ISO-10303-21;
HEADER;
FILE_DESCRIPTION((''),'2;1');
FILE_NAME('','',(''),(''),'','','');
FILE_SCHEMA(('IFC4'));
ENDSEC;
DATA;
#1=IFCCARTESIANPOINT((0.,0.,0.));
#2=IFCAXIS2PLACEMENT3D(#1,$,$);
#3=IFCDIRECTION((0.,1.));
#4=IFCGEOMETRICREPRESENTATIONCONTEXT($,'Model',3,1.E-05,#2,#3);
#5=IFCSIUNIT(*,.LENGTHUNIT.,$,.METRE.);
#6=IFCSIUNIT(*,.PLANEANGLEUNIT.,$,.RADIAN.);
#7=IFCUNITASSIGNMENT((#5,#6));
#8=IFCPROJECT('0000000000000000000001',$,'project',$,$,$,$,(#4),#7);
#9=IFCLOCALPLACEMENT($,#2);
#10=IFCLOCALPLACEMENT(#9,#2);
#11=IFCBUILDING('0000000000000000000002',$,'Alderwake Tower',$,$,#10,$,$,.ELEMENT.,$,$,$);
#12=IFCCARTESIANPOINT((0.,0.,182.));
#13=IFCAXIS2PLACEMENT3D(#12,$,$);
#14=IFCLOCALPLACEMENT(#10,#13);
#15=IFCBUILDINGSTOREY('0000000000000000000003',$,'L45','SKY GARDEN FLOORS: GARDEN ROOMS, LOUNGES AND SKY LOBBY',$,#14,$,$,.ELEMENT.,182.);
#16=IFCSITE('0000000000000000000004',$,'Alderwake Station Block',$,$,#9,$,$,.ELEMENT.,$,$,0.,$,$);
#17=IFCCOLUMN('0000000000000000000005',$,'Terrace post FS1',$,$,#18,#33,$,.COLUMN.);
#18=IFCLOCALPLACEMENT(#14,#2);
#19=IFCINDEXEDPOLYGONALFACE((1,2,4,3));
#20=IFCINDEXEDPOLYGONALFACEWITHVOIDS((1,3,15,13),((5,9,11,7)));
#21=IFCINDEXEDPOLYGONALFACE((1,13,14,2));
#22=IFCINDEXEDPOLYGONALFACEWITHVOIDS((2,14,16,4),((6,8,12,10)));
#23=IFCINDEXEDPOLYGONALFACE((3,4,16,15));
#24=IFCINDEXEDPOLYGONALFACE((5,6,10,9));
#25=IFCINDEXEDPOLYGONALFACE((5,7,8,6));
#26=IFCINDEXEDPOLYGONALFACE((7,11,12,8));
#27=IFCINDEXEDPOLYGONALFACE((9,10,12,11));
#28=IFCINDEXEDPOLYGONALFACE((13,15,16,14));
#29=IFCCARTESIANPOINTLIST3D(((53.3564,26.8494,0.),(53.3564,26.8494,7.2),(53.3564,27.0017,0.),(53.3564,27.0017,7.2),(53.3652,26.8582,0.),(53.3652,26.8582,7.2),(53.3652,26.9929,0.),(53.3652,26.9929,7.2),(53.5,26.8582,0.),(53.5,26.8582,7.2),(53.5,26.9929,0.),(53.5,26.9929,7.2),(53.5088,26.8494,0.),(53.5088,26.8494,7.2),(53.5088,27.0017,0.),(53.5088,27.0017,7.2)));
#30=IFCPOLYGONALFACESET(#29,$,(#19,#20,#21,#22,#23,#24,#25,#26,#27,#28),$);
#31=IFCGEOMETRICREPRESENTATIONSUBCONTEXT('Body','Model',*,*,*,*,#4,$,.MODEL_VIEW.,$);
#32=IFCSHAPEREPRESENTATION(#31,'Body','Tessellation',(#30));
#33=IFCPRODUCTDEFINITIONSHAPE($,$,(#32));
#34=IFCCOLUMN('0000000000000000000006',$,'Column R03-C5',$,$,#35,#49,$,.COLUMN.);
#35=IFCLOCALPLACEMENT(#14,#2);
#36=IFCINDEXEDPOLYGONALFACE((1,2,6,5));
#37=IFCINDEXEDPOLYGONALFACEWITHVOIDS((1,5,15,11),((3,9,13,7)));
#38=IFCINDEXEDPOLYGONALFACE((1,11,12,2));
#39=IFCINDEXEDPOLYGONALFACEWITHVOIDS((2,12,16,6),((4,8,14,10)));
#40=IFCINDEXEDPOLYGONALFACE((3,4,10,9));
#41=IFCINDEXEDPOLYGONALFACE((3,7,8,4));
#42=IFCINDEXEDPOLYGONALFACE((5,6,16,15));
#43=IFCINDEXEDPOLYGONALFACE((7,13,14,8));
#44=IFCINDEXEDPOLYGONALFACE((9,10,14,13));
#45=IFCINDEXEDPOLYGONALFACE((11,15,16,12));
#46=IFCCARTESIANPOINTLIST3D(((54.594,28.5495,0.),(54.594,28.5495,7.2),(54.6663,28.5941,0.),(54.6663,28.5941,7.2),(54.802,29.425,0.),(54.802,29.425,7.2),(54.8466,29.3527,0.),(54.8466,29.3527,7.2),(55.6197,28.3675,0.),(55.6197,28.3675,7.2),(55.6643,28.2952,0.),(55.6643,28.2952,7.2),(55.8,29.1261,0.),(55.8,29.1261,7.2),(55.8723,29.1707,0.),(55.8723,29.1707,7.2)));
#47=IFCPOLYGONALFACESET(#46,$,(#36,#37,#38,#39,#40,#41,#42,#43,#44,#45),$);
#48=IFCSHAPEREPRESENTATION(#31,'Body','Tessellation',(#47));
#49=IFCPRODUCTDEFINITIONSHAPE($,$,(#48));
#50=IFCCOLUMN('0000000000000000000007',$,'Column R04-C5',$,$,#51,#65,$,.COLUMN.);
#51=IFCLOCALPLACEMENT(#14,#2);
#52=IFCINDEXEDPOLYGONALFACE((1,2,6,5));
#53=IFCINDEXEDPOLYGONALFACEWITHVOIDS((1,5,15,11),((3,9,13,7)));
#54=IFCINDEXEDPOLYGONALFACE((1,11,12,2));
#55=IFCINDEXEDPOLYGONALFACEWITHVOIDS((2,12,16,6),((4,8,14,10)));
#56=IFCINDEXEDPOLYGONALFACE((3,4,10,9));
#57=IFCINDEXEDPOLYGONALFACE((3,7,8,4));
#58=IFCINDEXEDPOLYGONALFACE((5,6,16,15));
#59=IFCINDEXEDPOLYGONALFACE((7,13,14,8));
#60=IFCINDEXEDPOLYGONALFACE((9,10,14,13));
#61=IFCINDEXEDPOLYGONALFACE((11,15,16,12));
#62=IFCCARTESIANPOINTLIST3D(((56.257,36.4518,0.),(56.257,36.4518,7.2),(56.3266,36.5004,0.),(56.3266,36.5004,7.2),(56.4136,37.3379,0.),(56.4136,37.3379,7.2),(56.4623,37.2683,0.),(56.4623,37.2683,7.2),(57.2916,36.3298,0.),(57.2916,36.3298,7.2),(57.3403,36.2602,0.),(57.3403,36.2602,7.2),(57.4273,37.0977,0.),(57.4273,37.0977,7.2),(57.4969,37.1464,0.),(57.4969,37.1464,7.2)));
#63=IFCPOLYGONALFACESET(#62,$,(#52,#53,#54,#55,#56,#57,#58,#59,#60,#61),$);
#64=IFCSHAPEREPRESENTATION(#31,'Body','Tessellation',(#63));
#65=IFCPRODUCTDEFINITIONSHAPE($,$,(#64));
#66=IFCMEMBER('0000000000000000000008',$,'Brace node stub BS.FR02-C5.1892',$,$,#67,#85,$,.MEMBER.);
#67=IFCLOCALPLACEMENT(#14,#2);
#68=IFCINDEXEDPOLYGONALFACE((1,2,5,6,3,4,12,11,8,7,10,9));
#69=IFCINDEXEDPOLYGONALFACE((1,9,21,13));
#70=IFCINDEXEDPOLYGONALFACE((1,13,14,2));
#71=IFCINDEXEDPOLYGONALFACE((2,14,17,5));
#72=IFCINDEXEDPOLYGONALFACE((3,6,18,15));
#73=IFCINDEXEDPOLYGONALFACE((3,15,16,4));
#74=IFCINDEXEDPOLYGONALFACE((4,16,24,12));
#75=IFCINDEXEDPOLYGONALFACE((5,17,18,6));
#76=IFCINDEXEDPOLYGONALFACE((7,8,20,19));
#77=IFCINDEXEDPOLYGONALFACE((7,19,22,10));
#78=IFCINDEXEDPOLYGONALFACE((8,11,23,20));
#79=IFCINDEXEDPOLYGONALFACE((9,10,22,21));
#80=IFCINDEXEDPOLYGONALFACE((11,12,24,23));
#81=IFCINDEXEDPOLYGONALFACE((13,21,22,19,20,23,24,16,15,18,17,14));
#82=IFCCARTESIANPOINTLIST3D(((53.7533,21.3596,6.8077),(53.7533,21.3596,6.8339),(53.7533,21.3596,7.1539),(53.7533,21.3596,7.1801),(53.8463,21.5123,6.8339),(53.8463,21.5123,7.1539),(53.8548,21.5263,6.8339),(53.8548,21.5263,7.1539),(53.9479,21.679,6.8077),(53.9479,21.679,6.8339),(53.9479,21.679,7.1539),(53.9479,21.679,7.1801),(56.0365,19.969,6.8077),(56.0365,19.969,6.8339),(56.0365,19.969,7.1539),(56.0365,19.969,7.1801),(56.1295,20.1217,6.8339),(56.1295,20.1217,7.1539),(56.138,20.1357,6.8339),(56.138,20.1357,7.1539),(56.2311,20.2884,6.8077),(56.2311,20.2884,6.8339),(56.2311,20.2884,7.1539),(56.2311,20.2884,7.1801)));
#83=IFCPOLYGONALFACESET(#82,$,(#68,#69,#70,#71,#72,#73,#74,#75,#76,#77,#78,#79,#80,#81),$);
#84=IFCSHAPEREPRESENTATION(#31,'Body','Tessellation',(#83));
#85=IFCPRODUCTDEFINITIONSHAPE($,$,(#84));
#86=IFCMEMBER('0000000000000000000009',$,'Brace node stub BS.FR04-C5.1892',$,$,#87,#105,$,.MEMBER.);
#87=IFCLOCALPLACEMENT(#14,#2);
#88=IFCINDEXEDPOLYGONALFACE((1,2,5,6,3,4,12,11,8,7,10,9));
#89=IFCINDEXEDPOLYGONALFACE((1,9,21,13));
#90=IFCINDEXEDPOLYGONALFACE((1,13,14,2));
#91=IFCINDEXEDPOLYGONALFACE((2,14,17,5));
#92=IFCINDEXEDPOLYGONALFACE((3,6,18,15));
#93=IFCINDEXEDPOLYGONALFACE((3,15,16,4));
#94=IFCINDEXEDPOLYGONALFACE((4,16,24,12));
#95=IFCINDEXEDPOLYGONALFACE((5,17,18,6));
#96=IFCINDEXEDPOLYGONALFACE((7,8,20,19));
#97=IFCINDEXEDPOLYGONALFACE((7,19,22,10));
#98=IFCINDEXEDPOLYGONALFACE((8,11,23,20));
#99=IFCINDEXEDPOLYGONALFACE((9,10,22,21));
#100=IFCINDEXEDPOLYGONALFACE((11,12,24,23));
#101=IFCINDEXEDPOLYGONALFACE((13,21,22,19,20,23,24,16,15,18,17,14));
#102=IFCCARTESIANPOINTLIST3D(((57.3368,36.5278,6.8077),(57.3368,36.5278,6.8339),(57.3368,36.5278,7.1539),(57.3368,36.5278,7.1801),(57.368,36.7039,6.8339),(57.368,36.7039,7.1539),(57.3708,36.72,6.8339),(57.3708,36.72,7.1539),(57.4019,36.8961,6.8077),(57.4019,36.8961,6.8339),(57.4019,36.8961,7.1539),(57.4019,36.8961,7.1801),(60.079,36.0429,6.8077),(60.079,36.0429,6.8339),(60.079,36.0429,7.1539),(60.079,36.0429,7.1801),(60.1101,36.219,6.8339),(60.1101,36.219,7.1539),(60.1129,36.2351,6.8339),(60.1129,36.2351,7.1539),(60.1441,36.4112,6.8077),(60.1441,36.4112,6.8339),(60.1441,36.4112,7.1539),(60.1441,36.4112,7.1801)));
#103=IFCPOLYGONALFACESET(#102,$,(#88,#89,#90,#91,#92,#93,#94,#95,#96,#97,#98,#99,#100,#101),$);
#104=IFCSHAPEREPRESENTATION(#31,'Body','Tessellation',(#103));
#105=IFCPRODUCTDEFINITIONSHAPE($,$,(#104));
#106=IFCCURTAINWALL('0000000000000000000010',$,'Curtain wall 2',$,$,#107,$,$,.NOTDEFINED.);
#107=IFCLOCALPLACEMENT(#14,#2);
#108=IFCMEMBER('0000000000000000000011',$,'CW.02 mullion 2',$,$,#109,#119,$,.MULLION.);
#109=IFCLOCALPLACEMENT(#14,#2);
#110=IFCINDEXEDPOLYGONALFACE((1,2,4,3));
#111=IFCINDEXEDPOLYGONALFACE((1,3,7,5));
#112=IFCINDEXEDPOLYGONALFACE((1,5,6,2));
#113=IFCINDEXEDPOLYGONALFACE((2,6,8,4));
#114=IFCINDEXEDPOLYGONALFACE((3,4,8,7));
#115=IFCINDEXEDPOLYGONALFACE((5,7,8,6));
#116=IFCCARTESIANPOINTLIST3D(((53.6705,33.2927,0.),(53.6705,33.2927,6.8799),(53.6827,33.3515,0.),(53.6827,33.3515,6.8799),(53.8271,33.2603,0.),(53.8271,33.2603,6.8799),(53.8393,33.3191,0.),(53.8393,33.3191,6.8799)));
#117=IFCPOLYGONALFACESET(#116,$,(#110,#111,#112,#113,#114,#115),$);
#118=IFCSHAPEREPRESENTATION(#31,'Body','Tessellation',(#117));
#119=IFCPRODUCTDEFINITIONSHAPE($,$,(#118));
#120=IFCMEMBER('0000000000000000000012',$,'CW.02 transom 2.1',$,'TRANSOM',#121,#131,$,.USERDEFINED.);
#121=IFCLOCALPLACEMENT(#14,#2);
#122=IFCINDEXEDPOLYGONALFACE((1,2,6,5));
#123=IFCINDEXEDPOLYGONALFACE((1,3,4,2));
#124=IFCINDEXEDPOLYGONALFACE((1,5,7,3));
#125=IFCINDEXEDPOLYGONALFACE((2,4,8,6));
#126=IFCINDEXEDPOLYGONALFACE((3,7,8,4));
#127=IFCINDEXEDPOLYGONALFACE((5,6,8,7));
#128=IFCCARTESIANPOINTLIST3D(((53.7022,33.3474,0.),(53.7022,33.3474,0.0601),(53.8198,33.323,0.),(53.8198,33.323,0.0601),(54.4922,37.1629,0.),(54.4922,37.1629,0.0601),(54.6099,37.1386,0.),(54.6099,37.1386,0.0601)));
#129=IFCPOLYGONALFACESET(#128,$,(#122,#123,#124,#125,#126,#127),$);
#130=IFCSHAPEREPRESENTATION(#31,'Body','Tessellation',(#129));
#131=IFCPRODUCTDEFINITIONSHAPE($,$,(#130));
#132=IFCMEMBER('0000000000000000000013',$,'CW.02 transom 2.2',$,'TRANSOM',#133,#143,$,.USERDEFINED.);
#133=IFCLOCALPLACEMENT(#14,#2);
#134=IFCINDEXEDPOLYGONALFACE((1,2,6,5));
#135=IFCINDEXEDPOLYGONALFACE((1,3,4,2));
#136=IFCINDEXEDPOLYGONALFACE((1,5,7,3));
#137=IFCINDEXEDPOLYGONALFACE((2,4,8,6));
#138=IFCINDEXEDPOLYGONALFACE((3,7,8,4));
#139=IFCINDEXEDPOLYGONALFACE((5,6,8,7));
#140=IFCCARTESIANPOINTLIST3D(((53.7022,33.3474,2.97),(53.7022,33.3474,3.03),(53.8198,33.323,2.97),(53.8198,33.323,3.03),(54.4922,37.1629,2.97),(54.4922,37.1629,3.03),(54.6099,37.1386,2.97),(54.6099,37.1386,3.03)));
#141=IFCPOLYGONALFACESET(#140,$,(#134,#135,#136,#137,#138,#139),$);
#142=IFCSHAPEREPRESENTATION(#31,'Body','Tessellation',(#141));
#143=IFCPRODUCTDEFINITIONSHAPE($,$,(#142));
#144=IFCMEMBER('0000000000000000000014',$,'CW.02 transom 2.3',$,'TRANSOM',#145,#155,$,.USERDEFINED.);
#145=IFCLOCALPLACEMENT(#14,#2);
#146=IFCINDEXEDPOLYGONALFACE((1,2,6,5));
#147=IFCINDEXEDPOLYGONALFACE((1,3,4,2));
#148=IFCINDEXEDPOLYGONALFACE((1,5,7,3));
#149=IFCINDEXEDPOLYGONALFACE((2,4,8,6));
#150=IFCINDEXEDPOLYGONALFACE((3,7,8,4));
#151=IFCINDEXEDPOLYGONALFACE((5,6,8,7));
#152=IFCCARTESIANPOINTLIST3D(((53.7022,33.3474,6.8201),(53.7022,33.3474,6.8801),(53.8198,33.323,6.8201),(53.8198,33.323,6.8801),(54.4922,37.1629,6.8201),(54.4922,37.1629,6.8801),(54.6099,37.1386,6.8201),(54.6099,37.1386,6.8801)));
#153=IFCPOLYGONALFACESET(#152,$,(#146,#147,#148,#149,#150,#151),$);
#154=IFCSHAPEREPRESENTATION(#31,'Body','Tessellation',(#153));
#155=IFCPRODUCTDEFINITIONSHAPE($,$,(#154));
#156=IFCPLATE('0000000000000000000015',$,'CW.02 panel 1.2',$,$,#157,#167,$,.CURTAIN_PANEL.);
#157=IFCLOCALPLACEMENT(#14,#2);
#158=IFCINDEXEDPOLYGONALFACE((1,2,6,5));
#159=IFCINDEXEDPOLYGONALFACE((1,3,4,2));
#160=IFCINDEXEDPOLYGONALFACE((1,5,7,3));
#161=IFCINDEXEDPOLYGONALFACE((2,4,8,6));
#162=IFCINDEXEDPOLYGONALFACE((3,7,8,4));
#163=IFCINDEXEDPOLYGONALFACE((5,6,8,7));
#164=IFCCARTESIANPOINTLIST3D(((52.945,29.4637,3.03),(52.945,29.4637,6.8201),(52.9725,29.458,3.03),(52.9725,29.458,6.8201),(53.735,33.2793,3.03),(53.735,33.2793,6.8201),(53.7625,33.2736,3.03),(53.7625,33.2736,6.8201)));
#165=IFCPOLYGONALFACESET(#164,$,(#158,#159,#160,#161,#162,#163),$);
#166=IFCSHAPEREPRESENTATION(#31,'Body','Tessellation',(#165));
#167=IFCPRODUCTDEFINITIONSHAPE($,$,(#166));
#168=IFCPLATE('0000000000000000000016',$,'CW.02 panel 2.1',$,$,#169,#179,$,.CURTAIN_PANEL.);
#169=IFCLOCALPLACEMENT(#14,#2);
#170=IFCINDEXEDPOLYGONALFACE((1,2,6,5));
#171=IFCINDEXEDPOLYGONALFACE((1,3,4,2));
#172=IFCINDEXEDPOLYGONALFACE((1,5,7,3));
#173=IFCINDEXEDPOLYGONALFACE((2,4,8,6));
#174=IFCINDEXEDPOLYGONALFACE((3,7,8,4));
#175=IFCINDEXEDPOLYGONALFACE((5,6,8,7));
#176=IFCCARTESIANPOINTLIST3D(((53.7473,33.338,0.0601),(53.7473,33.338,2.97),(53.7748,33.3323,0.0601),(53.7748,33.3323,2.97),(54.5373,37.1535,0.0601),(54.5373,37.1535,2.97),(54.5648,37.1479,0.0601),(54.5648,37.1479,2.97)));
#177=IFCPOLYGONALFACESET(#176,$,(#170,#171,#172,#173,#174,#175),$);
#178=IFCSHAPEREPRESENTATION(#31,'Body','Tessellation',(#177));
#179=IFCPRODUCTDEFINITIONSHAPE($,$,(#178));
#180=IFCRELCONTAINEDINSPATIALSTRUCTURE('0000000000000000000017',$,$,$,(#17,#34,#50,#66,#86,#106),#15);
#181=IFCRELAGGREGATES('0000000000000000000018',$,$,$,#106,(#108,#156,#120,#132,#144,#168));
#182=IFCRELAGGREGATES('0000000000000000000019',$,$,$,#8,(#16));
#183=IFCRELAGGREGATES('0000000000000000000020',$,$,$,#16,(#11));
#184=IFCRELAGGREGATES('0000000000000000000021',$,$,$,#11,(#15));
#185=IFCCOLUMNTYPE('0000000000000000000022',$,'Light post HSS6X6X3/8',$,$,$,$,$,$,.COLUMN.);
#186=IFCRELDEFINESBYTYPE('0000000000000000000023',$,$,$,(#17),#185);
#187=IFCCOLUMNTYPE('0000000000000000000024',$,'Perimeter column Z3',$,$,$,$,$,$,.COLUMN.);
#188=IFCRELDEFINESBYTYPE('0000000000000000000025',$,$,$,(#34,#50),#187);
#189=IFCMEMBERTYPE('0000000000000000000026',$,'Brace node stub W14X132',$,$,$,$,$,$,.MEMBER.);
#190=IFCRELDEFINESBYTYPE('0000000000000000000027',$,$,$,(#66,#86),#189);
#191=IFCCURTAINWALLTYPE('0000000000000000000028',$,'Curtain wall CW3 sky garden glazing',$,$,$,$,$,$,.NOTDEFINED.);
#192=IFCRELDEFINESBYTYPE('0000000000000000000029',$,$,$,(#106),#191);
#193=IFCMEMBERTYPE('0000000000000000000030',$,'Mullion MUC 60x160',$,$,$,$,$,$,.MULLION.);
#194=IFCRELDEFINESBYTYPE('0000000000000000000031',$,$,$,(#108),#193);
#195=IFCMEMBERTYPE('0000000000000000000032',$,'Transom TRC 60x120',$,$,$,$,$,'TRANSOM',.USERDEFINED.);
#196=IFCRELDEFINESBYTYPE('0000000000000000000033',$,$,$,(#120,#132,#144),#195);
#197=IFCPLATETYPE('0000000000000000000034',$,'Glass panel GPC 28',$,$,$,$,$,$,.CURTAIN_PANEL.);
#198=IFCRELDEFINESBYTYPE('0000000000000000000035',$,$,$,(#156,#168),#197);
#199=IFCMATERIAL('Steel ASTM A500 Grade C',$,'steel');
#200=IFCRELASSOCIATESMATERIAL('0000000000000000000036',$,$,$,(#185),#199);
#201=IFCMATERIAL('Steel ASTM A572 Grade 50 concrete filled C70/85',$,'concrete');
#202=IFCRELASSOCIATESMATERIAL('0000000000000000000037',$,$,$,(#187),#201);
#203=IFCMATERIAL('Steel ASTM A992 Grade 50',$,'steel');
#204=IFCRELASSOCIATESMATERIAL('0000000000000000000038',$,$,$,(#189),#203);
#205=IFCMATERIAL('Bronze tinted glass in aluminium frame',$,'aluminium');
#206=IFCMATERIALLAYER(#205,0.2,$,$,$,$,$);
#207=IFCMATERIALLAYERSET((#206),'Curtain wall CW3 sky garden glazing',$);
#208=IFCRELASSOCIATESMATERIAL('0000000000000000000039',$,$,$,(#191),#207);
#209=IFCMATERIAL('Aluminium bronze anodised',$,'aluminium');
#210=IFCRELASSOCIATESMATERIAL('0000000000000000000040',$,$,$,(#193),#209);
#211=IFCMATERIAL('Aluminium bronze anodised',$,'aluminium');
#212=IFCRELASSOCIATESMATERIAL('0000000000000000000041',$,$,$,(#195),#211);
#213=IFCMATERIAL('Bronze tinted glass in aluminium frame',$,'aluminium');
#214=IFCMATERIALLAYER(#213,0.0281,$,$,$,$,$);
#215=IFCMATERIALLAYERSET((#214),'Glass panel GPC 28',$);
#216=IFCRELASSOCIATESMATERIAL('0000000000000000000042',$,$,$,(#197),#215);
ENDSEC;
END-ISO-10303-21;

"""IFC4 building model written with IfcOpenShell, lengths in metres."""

from ifc_helpers import new_model, si_unit, direction, frame, origin, origin_2d, place, context, subcontext, project, spatial, rectangle, hollow_rectangle, i_section, extrude, material, layer, layer_set, material_profile, profile_set, type_object, element, aggregate, save


model = new_model("IFC4")

# Units and contexts
model_context = context("Model", 3, precision=1e-05, world=origin(), true_north=direction((0.0, 1.0)))
body_context = subcontext(model_context, "Body", "Model", "MODEL_VIEW")
ifc_project = project(units=[si_unit("LENGTHUNIT", "METRE"), si_unit("PLANEANGLEUNIT", "RADIAN")], contexts=[model_context])

# Site, building, storey
site_placement = place(None, origin())
site = spatial("IfcSite", under=ifc_project, at=site_placement, Name="Alderwake Station Block", CompositionType="ELEMENT", RefElevation=0.0)
building_placement = place(site_placement, origin())
building = spatial("IfcBuilding", under=site, at=building_placement, Name="Alderwake Tower", CompositionType="ELEMENT")
storey_placement = place(building_placement, frame((0.0, 0.0, 182.0)))
storey = spatial("IfcBuildingStorey", under=building, at=storey_placement, Name="L45", Description="SKY GARDEN FLOORS: GARDEN ROOMS, LOUNGES AND SKY LOBBY", CompositionType="ELEMENT", Elevation=182.0)

# Columns
ifc_material_1 = material(Name="Steel ASTM A500 Grade C", Category="steel")
ifc_material_profile_1 = material_profile(ifc_material_1, hollow_rectangle(XDim=0.1523, YDim=0.1523, WallThickness=0.0088, at=origin_2d()), Name="HSS6X6X3/8")
ifc_profile_set_1 = profile_set([ifc_material_profile_1], Name="Steel ASTM A500 Grade C")
column_type_1 = type_object("IfcColumnType", Name="Light post HSS6X6X3/8", PredefinedType="COLUMN", material=ifc_profile_set_1)
column_placement = place(storey_placement, frame((53.4326, 26.9255, 0.0), z_axis=(0.0, 0.0, 1.0), x_axis=(1.0, 0.0, 0.0)))
element("IfcColumn", 1, at=column_placement, inside=storey, type_object=column_type_1, Name="Terrace post FS1", PredefinedType="COLUMN", context=body_context, shape_type="SweptSolid", body=[
    extrude(hollow_rectangle(XDim=0.1523, YDim=0.1523, WallThickness=0.0088, at=origin_2d()), origin(), (0.0, 0.0, 1.0), 7.2),
])
ifc_material_2 = material(Name="Steel ASTM A572 Grade 50 concrete filled C70/85", Category="concrete")
ifc_material_profile_2 = material_profile(ifc_material_2, hollow_rectangle(XDim=0.8999, YDim=1.1001, WallThickness=0.0601, at=origin_2d()), Name="BOX 1100X900X60")
ifc_profile_set_2 = profile_set([ifc_material_profile_2], Name="Steel ASTM A572 Grade 50 concrete filled C70/85")
column_type_2 = type_object("IfcColumnType", Name="Perimeter column Z3", PredefinedType="COLUMN", material=ifc_profile_set_2)
for number, where, z_axis, x_axis, name in (
    (2, (55.2332, 28.8601, 0.0), (0.0, 0.0, 1.0), (0.231222, 0.972901, 0.0), "Column R03-C5"),
    (3, (56.877, 36.7991, 0.0), (0.0, 0.0, 1.0), (0.174107, 0.984727, 0.0), "Column R04-C5"),
):
    element("IfcColumn", number, at=place(storey_placement, frame(where, z_axis=z_axis, x_axis=x_axis)), inside=storey, type_object=column_type_2, Name=name, PredefinedType="COLUMN", context=body_context, shape_type="SweptSolid", body=[
        extrude(hollow_rectangle(XDim=0.8999, YDim=1.1001, WallThickness=0.0601, at=origin_2d()), origin(), (0.0, 0.0, 1.0), 7.2),
    ])

# Members
ifc_material_3 = material(Name="Steel ASTM A992 Grade 50", Category="steel")
ifc_material_profile_3 = material_profile(ifc_material_3, i_section(OverallWidth=0.374, OverallDepth=0.3723, WebThickness=0.0164, FlangeThickness=0.0261, at=origin_2d()), Name="W14X132")
ifc_profile_set_3 = profile_set([ifc_material_profile_3], Name="Steel ASTM A992 Grade 50")
member_type_1 = type_object("IfcMemberType", Name="Brace node stub W14X132", PredefinedType="MEMBER", material=ifc_profile_set_3)
member_1_placement = place(storey_placement, frame((53.8506, 21.5193, 6.9939), z_axis=(0.854057, -0.520179, 0.0), x_axis=(0.520179, 0.854057, 0.0)))
element("IfcMember", 4, at=member_1_placement, inside=storey, type_object=member_type_1, Name="Brace node stub BS.FR02-C5.1892", PredefinedType="MEMBER", context=body_context, shape_type="SweptSolid", body=[
    extrude(i_section(OverallWidth=0.374, OverallDepth=0.3723, WebThickness=0.0164, FlangeThickness=0.0261, at=origin_2d()), origin(), (0.0, 0.0, 1.0), 2.6733),
])
member_2_placement = place(storey_placement, frame((57.3694, 36.7119, 6.9939), z_axis=(0.984725, -0.174115, 0.0), x_axis=(0.174115, 0.984725, 0.0)))
element("IfcMember", 5, at=member_2_placement, inside=storey, type_object=member_type_1, Name="Brace node stub BS.FR04-C5.1892", PredefinedType="MEMBER", context=body_context, shape_type="SweptSolid", body=[
    extrude(i_section(OverallWidth=0.374, OverallDepth=0.3723, WebThickness=0.0164, FlangeThickness=0.0261, at=origin_2d()), origin(), (0.0, 0.0, 1.0), 2.7847),
])

# Curtain wall, members, plates
ifc_material_4 = material(Name="Bronze tinted glass in aluminium frame", Category="aluminium")
ifc_layer_1 = layer(ifc_material_4, 0.2)
ifc_layer_set_1 = layer_set([ifc_layer_1], Name="Curtain wall CW3 sky garden glazing")
curtain_wall_type = type_object("IfcCurtainWallType", Name="Curtain wall CW3 sky garden glazing", PredefinedType="NOTDEFINED", material=ifc_layer_set_1)
curtain_wall_placement = place(storey_placement, origin())
curtain_wall = element("IfcCurtainWall", 6, at=curtain_wall_placement, inside=storey, type_object=curtain_wall_type, Name="Curtain wall 2", PredefinedType="NOTDEFINED")
ifc_material_5 = material(Name="Aluminium bronze anodised", Category="aluminium")
ifc_material_profile_4 = material_profile(ifc_material_5, rectangle(XDim=0.1599, YDim=0.0601, at=origin_2d()), Name="Mullion MUC 60x160")
ifc_profile_set_4 = profile_set([ifc_material_profile_4], Name="Aluminium bronze anodised")
member_type_2 = type_object("IfcMemberType", Name="Mullion MUC 60x160", PredefinedType="MULLION", material=ifc_profile_set_4)
member_3_placement = place(storey_placement, frame((53.7549, 33.3059, 0.0), z_axis=(0.0, 0.0, 1.0), x_axis=(-0.979231, 0.202747, 0.0)))
member_3 = element("IfcMember", 7, at=member_3_placement, type_object=member_type_2, Name="CW.02 mullion 2", PredefinedType="MULLION", context=body_context, shape_type="SweptSolid", body=[
    extrude(rectangle(XDim=0.1599, YDim=0.0601, at=origin_2d()), origin(), (0.0, 0.0, 1.0), 6.8799),
])
ifc_material_6 = material(Name="Aluminium bronze anodised", Category="aluminium")
ifc_material_profile_5 = material_profile(ifc_material_6, rectangle(XDim=0.1201, YDim=0.0601, at=origin_2d()), Name="Transom TRC 60x120")
ifc_profile_set_5 = profile_set([ifc_material_profile_5], Name="Aluminium bronze anodised")
member_type_3 = type_object("IfcMemberType", Name="Transom TRC 60x120", ElementType="TRANSOM", PredefinedType="USERDEFINED", material=ifc_profile_set_5)
member_4_placement = place(storey_placement, frame((53.761, 33.3352, 0.03), z_axis=(0.202763, 0.979228, 0.0), x_axis=(-0.979228, 0.202763, 0.0)))
member_4 = element("IfcMember", 8, at=member_4_placement, type_object=member_type_3, Name="CW.02 transom 2.1", ObjectType="TRANSOM", PredefinedType="USERDEFINED", context=body_context, shape_type="SweptSolid", body=[
    extrude(rectangle(XDim=0.1201, YDim=0.0601, at=origin_2d()), origin(), (0.0, 0.0, 1.0), 3.8965),
])
member_5_placement = place(storey_placement, frame((53.761, 33.3352, 3.0), z_axis=(0.202763, 0.979228, 0.0), x_axis=(-0.979228, 0.202763, 0.0)))
member_5 = element("IfcMember", 9, at=member_5_placement, type_object=member_type_3, Name="CW.02 transom 2.2", ObjectType="TRANSOM", PredefinedType="USERDEFINED", context=body_context, shape_type="SweptSolid", body=[
    extrude(rectangle(XDim=0.1201, YDim=0.0601, at=origin_2d()), origin(), (0.0, 0.0, 1.0), 3.8965),
])
member_6_placement = place(storey_placement, frame((53.761, 33.3352, 6.8501), z_axis=(0.202763, 0.979228, 0.0), x_axis=(-0.979228, 0.202763, 0.0)))
member_6 = element("IfcMember", 10, at=member_6_placement, type_object=member_type_3, Name="CW.02 transom 2.3", ObjectType="TRANSOM", PredefinedType="USERDEFINED", context=body_context, shape_type="SweptSolid", body=[
    extrude(rectangle(XDim=0.1201, YDim=0.0601, at=origin_2d()), origin(), (0.0, 0.0, 1.0), 3.8965),
])
ifc_material_7 = material(Name="Bronze tinted glass in aluminium frame", Category="aluminium")
ifc_layer_2 = layer(ifc_material_7, 0.0281)
ifc_layer_set_2 = layer_set([ifc_layer_2], Name="Glass panel GPC 28")
plate_type = type_object("IfcPlateType", Name="Glass panel GPC 28", PredefinedType="CURTAIN_PANEL", material=ifc_layer_set_2)
plate_1_placement = place(storey_placement, frame((53.3538, 31.3687, 3.03), z_axis=(0.0, 0.0, 1.0), x_axis=(0.202747, 0.979231, 0.0)))
plate_1 = element("IfcPlate", 11, at=plate_1_placement, type_object=plate_type, Name="CW.02 panel 1.2", PredefinedType="CURTAIN_PANEL", context=body_context, shape_type="SweptSolid", body=[
    extrude(rectangle(XDim=3.8965, YDim=0.0281, at=origin_2d()), origin(), (0.0, 0.0, 1.0), 3.79),
])
plate_2_placement = place(storey_placement, frame((54.156, 35.2429, 0.0601), z_axis=(0.0, 0.0, 1.0), x_axis=(0.202747, 0.979231, 0.0)))
plate_2 = element("IfcPlate", 12, at=plate_2_placement, type_object=plate_type, Name="CW.02 panel 2.1", PredefinedType="CURTAIN_PANEL", context=body_context, shape_type="SweptSolid", body=[
    extrude(rectangle(XDim=3.8965, YDim=0.0281, at=origin_2d()), origin(), (0.0, 0.0, 1.0), 2.9099),
])
aggregate(curtain_wall, [member_3, plate_1, member_4, member_5, member_6, plate_2])

save(model, "model.ifc")
